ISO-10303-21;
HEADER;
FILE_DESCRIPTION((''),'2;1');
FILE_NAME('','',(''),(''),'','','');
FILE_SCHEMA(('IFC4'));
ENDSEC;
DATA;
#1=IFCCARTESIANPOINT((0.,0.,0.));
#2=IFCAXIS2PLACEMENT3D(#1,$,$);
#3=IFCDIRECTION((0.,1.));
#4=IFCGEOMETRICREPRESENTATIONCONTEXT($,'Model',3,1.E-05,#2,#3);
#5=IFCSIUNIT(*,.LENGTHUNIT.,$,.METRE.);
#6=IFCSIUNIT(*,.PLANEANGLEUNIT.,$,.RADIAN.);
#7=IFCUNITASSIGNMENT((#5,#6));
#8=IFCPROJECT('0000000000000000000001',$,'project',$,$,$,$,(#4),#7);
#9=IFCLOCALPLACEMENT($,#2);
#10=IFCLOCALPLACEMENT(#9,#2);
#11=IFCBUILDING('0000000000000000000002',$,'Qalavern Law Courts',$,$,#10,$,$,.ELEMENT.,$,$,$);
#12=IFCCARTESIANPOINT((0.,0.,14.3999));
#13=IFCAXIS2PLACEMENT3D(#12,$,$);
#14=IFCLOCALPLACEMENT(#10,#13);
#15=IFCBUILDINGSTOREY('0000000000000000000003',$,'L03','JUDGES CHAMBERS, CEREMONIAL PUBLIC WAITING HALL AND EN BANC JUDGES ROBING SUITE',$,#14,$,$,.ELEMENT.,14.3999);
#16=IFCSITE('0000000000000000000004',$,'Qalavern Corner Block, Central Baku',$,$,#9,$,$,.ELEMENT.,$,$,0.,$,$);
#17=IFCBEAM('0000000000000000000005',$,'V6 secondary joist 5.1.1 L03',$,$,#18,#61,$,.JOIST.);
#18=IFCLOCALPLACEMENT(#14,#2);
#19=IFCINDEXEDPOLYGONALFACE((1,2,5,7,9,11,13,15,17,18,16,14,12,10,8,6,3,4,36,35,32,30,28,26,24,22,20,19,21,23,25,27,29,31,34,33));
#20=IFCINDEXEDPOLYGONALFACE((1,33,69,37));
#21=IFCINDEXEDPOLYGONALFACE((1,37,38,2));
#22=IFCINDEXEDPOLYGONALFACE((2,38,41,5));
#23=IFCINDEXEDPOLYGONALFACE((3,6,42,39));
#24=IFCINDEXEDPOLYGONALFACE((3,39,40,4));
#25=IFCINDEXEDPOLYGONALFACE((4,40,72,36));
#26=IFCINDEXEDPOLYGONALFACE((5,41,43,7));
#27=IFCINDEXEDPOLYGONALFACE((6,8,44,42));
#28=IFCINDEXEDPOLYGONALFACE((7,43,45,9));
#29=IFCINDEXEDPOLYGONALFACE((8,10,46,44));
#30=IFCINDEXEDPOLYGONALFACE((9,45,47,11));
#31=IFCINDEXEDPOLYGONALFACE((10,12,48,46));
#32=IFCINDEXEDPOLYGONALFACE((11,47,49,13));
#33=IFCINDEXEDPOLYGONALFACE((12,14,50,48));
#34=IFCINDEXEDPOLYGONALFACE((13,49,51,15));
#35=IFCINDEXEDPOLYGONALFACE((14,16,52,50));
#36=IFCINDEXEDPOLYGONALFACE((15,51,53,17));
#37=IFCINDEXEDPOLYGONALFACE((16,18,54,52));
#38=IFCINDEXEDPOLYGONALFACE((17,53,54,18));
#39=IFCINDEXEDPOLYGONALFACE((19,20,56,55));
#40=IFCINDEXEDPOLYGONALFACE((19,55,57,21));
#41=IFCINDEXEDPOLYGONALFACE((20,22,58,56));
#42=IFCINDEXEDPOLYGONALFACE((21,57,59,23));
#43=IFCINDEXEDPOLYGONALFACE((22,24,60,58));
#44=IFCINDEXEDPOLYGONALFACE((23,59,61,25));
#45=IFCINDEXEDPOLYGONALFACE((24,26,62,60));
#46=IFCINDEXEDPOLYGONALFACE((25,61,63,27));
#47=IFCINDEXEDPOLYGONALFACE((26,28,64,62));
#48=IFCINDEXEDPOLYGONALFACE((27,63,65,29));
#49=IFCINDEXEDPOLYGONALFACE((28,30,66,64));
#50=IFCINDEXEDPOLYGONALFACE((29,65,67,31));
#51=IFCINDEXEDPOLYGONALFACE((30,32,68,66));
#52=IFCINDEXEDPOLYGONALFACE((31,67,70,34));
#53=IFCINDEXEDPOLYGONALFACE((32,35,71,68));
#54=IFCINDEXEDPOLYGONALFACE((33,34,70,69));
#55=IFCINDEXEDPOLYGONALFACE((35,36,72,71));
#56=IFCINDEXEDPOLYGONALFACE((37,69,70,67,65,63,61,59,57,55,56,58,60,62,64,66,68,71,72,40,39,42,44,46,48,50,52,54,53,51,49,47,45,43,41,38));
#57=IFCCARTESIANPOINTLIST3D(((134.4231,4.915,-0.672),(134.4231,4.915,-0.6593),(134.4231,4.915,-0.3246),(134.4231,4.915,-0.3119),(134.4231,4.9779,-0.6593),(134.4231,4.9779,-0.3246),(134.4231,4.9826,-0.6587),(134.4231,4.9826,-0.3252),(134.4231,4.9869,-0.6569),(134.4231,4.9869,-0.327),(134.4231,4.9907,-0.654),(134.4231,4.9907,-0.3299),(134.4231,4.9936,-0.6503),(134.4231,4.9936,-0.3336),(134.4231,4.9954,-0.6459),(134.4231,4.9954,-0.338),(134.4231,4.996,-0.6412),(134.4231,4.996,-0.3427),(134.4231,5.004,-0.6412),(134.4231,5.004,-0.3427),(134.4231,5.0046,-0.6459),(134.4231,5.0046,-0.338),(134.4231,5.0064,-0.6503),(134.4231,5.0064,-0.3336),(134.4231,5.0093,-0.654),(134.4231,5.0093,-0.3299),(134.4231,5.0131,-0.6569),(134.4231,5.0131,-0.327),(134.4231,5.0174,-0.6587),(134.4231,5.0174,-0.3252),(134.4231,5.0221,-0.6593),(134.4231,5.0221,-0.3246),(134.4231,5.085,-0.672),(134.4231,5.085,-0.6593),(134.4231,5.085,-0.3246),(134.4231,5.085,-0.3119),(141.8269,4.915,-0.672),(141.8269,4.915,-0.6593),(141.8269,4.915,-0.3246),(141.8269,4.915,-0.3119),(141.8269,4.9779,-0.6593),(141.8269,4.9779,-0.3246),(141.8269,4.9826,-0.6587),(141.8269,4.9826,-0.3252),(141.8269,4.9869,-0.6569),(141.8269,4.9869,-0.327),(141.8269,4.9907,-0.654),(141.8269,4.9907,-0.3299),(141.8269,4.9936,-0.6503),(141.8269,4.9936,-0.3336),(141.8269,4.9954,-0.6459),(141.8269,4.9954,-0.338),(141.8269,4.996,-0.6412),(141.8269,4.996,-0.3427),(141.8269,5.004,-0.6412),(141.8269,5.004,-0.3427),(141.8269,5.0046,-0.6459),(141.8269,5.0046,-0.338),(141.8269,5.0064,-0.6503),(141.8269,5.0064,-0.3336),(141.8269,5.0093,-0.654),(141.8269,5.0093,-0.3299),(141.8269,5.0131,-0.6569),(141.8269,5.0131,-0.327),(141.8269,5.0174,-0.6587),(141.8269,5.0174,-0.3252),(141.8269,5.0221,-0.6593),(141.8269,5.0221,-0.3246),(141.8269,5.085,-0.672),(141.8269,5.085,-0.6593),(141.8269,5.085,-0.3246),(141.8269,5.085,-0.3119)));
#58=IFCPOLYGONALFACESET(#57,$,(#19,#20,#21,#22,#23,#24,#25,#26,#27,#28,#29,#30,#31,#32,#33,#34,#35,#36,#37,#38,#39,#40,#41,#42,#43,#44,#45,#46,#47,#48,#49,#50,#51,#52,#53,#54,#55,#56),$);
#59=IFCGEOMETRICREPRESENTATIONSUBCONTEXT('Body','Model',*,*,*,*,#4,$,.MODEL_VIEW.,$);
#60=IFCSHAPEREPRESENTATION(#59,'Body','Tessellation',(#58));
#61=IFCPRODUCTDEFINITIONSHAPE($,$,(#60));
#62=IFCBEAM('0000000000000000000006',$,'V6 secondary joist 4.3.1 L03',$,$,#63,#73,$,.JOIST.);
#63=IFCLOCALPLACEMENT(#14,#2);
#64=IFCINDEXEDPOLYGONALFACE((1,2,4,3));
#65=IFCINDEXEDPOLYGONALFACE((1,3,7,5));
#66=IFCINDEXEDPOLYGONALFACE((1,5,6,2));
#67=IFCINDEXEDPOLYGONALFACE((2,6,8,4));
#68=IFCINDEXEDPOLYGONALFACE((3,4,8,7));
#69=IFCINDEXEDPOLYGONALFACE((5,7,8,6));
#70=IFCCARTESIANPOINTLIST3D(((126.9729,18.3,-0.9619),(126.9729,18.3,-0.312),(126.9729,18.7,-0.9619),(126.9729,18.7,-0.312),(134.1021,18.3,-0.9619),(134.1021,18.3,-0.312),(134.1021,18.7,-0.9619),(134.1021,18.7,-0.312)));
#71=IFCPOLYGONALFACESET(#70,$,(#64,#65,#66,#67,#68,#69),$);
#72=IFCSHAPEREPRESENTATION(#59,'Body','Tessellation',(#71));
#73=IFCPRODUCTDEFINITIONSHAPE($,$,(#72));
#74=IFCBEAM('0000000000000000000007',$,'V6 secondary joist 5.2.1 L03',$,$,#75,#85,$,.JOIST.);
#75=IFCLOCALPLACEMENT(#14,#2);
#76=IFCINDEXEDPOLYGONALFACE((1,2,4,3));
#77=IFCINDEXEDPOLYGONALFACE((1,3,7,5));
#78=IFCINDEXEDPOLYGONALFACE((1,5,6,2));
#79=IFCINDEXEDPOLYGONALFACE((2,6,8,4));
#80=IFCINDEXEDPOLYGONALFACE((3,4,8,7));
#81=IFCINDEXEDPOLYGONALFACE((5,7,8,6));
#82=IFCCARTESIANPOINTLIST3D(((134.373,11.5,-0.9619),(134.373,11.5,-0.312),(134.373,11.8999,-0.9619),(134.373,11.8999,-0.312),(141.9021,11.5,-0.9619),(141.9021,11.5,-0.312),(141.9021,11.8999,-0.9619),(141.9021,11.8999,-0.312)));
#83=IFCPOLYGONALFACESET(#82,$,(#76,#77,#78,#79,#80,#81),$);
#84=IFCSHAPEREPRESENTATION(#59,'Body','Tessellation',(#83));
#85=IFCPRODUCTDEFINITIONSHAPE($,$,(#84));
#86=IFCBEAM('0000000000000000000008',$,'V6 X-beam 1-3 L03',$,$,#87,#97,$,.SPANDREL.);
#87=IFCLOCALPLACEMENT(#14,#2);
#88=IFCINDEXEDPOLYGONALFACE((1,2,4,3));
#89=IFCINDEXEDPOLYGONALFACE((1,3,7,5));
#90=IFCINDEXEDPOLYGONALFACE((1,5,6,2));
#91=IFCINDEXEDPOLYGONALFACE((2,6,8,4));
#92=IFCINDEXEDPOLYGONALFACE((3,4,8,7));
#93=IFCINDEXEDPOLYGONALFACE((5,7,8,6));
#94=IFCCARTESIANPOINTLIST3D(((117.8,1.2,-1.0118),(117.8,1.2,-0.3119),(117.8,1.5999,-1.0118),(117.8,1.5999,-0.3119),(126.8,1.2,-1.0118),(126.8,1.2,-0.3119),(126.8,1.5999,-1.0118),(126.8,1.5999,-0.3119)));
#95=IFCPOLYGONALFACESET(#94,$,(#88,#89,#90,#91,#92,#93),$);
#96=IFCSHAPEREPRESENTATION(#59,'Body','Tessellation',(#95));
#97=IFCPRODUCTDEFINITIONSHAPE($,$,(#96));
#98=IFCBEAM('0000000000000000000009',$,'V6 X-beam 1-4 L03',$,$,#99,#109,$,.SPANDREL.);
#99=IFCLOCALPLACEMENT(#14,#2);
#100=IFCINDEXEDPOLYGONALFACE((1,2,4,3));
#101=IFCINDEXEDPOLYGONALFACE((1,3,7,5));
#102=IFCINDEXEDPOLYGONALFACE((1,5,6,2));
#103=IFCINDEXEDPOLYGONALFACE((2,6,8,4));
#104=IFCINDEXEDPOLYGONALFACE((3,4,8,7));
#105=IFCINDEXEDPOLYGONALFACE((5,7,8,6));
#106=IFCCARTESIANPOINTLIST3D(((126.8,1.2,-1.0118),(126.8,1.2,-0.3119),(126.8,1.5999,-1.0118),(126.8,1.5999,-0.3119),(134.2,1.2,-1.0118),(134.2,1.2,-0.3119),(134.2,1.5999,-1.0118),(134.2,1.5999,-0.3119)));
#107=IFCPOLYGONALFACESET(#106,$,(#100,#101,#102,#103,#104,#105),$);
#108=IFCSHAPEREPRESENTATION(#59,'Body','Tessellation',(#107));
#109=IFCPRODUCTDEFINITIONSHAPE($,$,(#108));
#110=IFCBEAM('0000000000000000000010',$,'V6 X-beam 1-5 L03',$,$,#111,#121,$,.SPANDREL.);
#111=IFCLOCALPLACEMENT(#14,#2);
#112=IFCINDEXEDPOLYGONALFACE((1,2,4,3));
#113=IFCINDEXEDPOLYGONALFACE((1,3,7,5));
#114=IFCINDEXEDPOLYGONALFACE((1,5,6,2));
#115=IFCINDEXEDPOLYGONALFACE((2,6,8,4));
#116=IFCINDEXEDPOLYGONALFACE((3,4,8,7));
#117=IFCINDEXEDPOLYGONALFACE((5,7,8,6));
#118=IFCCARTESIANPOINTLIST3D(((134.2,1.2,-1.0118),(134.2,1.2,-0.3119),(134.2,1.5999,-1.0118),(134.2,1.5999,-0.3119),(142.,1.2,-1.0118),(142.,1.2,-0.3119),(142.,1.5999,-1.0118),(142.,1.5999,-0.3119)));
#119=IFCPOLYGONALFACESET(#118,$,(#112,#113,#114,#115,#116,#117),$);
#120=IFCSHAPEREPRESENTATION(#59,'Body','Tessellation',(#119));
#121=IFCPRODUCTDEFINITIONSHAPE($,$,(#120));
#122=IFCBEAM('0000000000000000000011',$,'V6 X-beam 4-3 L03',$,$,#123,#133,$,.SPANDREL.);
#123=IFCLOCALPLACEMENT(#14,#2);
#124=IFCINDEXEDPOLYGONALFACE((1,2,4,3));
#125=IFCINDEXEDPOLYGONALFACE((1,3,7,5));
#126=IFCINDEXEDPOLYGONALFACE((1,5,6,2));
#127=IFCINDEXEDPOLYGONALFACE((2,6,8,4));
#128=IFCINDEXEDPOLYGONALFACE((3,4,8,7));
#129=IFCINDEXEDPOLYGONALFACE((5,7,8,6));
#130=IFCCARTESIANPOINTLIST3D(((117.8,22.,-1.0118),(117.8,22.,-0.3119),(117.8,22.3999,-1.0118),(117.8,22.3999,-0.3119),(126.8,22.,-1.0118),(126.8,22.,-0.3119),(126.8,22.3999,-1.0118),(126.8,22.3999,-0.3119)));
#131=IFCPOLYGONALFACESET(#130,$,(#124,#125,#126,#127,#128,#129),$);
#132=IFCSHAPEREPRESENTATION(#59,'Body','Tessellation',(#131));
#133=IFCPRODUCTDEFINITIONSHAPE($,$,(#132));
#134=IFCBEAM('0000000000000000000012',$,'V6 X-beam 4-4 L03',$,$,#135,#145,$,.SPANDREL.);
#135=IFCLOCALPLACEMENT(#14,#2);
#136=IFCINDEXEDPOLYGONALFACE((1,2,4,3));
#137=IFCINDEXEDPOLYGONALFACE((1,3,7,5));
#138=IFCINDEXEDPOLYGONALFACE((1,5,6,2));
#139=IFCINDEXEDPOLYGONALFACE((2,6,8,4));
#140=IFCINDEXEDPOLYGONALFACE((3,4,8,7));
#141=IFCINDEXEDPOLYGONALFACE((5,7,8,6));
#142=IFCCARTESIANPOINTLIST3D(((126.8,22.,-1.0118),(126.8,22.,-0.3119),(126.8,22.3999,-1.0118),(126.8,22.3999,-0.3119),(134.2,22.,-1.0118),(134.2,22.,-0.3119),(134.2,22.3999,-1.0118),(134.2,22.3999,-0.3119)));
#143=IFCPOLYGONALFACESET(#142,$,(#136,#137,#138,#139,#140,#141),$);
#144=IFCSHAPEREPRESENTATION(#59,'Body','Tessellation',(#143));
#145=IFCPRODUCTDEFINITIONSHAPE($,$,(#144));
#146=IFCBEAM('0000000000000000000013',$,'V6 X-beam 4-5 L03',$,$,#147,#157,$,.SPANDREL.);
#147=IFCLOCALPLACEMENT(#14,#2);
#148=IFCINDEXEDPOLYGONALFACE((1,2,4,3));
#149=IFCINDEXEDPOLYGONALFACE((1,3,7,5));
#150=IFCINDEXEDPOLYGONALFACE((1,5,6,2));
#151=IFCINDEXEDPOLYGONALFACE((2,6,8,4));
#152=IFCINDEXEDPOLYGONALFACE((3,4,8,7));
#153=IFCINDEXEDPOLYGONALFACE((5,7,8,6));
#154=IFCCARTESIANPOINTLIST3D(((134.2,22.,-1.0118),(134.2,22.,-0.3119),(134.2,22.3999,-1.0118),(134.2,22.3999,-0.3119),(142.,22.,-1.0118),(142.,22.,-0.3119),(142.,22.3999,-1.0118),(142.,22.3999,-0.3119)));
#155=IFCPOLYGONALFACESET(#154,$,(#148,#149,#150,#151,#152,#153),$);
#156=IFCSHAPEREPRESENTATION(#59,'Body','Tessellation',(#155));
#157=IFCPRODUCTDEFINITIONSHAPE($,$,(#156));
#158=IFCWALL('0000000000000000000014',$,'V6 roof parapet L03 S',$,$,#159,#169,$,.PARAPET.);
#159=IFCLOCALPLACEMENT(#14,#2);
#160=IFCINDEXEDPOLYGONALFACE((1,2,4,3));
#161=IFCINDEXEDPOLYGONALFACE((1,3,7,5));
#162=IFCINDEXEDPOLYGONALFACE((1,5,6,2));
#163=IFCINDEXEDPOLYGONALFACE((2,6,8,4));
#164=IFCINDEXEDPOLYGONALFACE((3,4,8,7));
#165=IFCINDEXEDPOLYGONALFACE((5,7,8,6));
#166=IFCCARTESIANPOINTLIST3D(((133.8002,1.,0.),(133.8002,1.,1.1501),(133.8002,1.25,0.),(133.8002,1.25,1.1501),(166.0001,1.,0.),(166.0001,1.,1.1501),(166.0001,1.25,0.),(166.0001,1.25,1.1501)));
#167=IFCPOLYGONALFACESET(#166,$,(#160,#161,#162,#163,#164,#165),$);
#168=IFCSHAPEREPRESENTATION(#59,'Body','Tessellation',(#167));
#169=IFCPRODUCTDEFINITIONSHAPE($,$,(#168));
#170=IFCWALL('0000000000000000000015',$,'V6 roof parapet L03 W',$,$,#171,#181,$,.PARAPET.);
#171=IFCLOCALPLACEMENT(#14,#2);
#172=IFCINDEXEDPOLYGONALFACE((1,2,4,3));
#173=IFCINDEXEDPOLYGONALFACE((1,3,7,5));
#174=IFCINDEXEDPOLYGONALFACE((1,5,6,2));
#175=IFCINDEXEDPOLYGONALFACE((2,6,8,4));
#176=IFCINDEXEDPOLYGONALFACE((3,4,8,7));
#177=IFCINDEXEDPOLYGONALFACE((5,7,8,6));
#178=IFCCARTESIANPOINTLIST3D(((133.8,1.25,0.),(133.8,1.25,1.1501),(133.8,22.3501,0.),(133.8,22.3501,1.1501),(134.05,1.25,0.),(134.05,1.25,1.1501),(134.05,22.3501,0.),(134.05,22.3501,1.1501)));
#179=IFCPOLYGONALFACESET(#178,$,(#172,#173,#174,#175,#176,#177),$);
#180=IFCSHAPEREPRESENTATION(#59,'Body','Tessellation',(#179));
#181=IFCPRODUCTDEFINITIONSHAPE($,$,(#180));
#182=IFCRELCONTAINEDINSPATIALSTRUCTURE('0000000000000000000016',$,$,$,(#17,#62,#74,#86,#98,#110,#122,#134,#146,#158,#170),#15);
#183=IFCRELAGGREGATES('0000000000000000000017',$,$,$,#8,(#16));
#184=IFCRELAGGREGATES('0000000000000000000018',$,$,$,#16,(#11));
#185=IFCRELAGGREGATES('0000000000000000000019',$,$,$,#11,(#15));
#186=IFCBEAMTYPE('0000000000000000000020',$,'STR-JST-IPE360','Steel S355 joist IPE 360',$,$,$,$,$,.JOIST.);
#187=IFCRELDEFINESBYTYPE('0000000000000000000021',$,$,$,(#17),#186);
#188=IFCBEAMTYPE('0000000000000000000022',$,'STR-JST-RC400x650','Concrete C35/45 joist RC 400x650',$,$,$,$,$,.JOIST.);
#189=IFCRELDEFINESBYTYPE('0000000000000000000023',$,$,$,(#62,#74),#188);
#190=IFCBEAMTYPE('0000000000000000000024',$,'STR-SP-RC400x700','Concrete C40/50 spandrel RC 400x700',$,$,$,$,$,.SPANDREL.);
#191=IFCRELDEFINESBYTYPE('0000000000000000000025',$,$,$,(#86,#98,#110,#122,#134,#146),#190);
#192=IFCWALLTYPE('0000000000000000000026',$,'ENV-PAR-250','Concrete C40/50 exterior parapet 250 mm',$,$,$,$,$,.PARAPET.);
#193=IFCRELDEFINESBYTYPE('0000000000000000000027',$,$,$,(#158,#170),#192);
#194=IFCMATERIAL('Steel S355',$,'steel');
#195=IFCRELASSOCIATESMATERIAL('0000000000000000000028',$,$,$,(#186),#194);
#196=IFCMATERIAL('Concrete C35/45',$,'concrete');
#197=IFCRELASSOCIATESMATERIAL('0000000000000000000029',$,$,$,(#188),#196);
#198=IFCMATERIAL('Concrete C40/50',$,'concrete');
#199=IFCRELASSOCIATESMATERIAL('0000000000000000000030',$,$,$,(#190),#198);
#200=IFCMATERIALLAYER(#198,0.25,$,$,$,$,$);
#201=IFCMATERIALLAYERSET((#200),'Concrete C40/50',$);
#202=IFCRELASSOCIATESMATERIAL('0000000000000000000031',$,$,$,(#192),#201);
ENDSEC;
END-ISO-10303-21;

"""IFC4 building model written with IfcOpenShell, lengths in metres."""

from ifc_helpers import new_model, si_unit, direction, frame, frame_2d, origin, origin_2d, place, context, subcontext, project, spatial, rectangle, i_section, extrude, material, layer, layer_set, material_profile, profile_set, type_object, element, save


model = new_model("IFC4")

# Units and contexts
model_context = context("Model", 3, precision=1e-05, world=origin(), true_north=direction((0.0, 1.0)))
body_context = subcontext(model_context, "Body", "Model", "MODEL_VIEW")
ifc_project = project(units=[si_unit("LENGTHUNIT", "METRE"), si_unit("PLANEANGLEUNIT", "RADIAN")], contexts=[model_context])

# Site, building, storey
site_placement = place(None, origin())
site = spatial("IfcSite", under=ifc_project, at=site_placement, Name="Qalavern Corner Block, Central Baku", CompositionType="ELEMENT", RefElevation=0.0)
building_placement = place(site_placement, origin())
building = spatial("IfcBuilding", under=site, at=building_placement, Name="Qalavern Law Courts", CompositionType="ELEMENT")
storey_placement = place(building_placement, frame((0.0, 0.0, 14.3999)))
storey = spatial("IfcBuildingStorey", under=building, at=storey_placement, Name="L03", Description="JUDGES CHAMBERS, CEREMONIAL PUBLIC WAITING HALL AND EN BANC JUDGES ROBING SUITE", CompositionType="ELEMENT", Elevation=14.3999)

# Beams
ifc_material_1 = material(Name="Steel S355", Category="steel")
ifc_material_2 = material(Name="Concrete C35/45", Category="concrete")
ifc_material_3 = material(Name="Concrete C40/50", Category="concrete")
ifc_material_profile_1 = material_profile(ifc_material_1, i_section(OverallWidth=0.1699, OverallDepth=0.3601, WebThickness=0.0081, FlangeThickness=0.0127, FilletRadius=0.0181, at=origin_2d()), Name="IPE 360")
ifc_profile_set_1 = profile_set([ifc_material_profile_1], Name="Steel S355")
beam_type_1 = type_object("IfcBeamType", Name="STR-JST-IPE360", Description="Steel S355 joist IPE 360", PredefinedType="JOIST", material=ifc_profile_set_1)
beam_1_placement = place(storey_placement, frame((134.4231, 5.0, -0.4919), z_axis=(1.0, 0.0, 0.0), x_axis=(0.0, 1.0, 0.0)))
element("IfcBeam", 1, at=beam_1_placement, inside=storey, type_object=beam_type_1, Name="V6 secondary joist 5.1.1 L03", PredefinedType="JOIST", context=body_context, shape_type="SweptSolid", body=[
    extrude(i_section(OverallWidth=0.1699, OverallDepth=0.3601, WebThickness=0.0081, FlangeThickness=0.0127, FilletRadius=0.0181, at=origin_2d()), origin(), (0.0, 0.0, 1.0), 7.4038),
])
ifc_material_profile_2 = material_profile(ifc_material_2, rectangle(XDim=0.3999, YDim=0.6499, at=origin_2d()), Name="RC 400x650")
ifc_profile_set_2 = profile_set([ifc_material_profile_2], Name="Concrete C35/45")
beam_type_2 = type_object("IfcBeamType", Name="STR-JST-RC400x650", Description="Concrete C35/45 joist RC 400x650", PredefinedType="JOIST", material=ifc_profile_set_2)
beam_2_placement = place(storey_placement, frame((126.9729, 18.5, -0.637), z_axis=(1.0, 0.0, 0.0), x_axis=(0.0, 1.0, 0.0)))
element("IfcBeam", 2, at=beam_2_placement, inside=storey, type_object=beam_type_2, Name="V6 secondary joist 4.3.1 L03", PredefinedType="JOIST", context=body_context, shape_type="SweptSolid", body=[
    extrude(rectangle(XDim=0.3999, YDim=0.6499, at=origin_2d()), origin(), (0.0, 0.0, 1.0), 7.1292),
])
beam_3_placement = place(storey_placement, frame((134.373, 11.7, -0.637), z_axis=(1.0, 0.0, 0.0), x_axis=(0.0, 1.0, 0.0)))
element("IfcBeam", 3, at=beam_3_placement, inside=storey, type_object=beam_type_2, Name="V6 secondary joist 5.2.1 L03", PredefinedType="JOIST", context=body_context, shape_type="SweptSolid", body=[
    extrude(rectangle(XDim=0.3999, YDim=0.6499, at=origin_2d()), origin(), (0.0, 0.0, 1.0), 7.5291),
])
ifc_material_profile_3 = material_profile(ifc_material_3, rectangle(XDim=0.3999, YDim=0.7, at=origin_2d()), Name="RC 400x700")
ifc_profile_set_3 = profile_set([ifc_material_profile_3], Name="Concrete C40/50")
beam_type_3 = type_object("IfcBeamType", Name="STR-SP-RC400x700", Description="Concrete C40/50 spandrel RC 400x700", PredefinedType="SPANDREL", material=ifc_profile_set_3)
beam_4_placement = place(storey_placement, frame((117.8, 1.3999, -0.6619), z_axis=(1.0, 0.0, 0.0), x_axis=(0.0, 1.0, 0.0)))
element("IfcBeam", 4, at=beam_4_placement, inside=storey, type_object=beam_type_3, Name="V6 X-beam 1-3 L03", PredefinedType="SPANDREL", context=body_context, shape_type="SweptSolid", body=[
    extrude(rectangle(XDim=0.3999, YDim=0.7, at=origin_2d()), origin(), (0.0, 0.0, 1.0), 9.0),
])
beam_5_placement = place(storey_placement, frame((126.8, 1.3999, -0.6619), z_axis=(1.0, 0.0, 0.0), x_axis=(0.0, 1.0, 0.0)))
element("IfcBeam", 5, at=beam_5_placement, inside=storey, type_object=beam_type_3, Name="V6 X-beam 1-4 L03", PredefinedType="SPANDREL", context=body_context, shape_type="SweptSolid", body=[
    extrude(rectangle(XDim=0.3999, YDim=0.7, at=origin_2d()), origin(), (0.0, 0.0, 1.0), 7.3999),
])
beam_6_placement = place(storey_placement, frame((134.2, 1.3999, -0.6619), z_axis=(1.0, 0.0, 0.0), x_axis=(0.0, 1.0, 0.0)))
element("IfcBeam", 6, at=beam_6_placement, inside=storey, type_object=beam_type_3, Name="V6 X-beam 1-5 L03", PredefinedType="SPANDREL", context=body_context, shape_type="SweptSolid", body=[
    extrude(rectangle(XDim=0.3999, YDim=0.7, at=origin_2d()), origin(), (0.0, 0.0, 1.0), 7.8),
])
beam_7_placement = place(storey_placement, frame((117.8, 22.2, -0.6619), z_axis=(1.0, 0.0, 0.0), x_axis=(0.0, 1.0, 0.0)))
element("IfcBeam", 7, at=beam_7_placement, inside=storey, type_object=beam_type_3, Name="V6 X-beam 4-3 L03", PredefinedType="SPANDREL", context=body_context, shape_type="SweptSolid", body=[
    extrude(rectangle(XDim=0.3999, YDim=0.7, at=origin_2d()), origin(), (0.0, 0.0, 1.0), 9.0),
])
beam_8_placement = place(storey_placement, frame((126.8, 22.2, -0.6619), z_axis=(1.0, 0.0, 0.0), x_axis=(0.0, 1.0, 0.0)))
element("IfcBeam", 8, at=beam_8_placement, inside=storey, type_object=beam_type_3, Name="V6 X-beam 4-4 L03", PredefinedType="SPANDREL", context=body_context, shape_type="SweptSolid", body=[
    extrude(rectangle(XDim=0.3999, YDim=0.7, at=origin_2d()), origin(), (0.0, 0.0, 1.0), 7.3999),
])
beam_9_placement = place(storey_placement, frame((134.2, 22.2, -0.6619), z_axis=(1.0, 0.0, 0.0), x_axis=(0.0, 1.0, 0.0)))
element("IfcBeam", 9, at=beam_9_placement, inside=storey, type_object=beam_type_3, Name="V6 X-beam 4-5 L03", PredefinedType="SPANDREL", context=body_context, shape_type="SweptSolid", body=[
    extrude(rectangle(XDim=0.3999, YDim=0.7, at=origin_2d()), origin(), (0.0, 0.0, 1.0), 7.8),
])

# Walls
ifc_layer_1 = layer(ifc_material_3, 0.25)
ifc_layer_set_1 = layer_set([ifc_layer_1], Name="Concrete C40/50")
wall_type = type_object("IfcWallType", Name="ENV-PAR-250", Description="Concrete C40/50 exterior parapet 250 mm", PredefinedType="PARAPET", material=ifc_layer_set_1)
wall_1_placement = place(storey_placement, frame((133.8, 1.125, 0.0), z_axis=(0.0, 0.0, 1.0), x_axis=(1.0, 0.0, 0.0)))
element("IfcWall", 10, at=wall_1_placement, inside=storey, type_object=wall_type, Name="V6 roof parapet L03 S", PredefinedType="PARAPET", context=body_context, shape_type="SweptSolid", body=[
    extrude(rectangle(XDim=32.2, YDim=0.25, at=frame_2d((16.1001, 0.0))), origin(), (0.0, 0.0, 1.0), 1.1501),
])
wall_2_placement = place(storey_placement, frame((133.925, 22.3501, 0.0), z_axis=(0.0, 0.0, 1.0), x_axis=(0.0, -1.0, 0.0)))
element("IfcWall", 11, at=wall_2_placement, inside=storey, type_object=wall_type, Name="V6 roof parapet L03 W", PredefinedType="PARAPET", context=body_context, shape_type="SweptSolid", body=[
    extrude(rectangle(XDim=21.1001, YDim=0.25, at=frame_2d((10.55, 0.0))), origin(), (0.0, 0.0, 1.0), 1.1501),
])

save(model, "model.ifc")
